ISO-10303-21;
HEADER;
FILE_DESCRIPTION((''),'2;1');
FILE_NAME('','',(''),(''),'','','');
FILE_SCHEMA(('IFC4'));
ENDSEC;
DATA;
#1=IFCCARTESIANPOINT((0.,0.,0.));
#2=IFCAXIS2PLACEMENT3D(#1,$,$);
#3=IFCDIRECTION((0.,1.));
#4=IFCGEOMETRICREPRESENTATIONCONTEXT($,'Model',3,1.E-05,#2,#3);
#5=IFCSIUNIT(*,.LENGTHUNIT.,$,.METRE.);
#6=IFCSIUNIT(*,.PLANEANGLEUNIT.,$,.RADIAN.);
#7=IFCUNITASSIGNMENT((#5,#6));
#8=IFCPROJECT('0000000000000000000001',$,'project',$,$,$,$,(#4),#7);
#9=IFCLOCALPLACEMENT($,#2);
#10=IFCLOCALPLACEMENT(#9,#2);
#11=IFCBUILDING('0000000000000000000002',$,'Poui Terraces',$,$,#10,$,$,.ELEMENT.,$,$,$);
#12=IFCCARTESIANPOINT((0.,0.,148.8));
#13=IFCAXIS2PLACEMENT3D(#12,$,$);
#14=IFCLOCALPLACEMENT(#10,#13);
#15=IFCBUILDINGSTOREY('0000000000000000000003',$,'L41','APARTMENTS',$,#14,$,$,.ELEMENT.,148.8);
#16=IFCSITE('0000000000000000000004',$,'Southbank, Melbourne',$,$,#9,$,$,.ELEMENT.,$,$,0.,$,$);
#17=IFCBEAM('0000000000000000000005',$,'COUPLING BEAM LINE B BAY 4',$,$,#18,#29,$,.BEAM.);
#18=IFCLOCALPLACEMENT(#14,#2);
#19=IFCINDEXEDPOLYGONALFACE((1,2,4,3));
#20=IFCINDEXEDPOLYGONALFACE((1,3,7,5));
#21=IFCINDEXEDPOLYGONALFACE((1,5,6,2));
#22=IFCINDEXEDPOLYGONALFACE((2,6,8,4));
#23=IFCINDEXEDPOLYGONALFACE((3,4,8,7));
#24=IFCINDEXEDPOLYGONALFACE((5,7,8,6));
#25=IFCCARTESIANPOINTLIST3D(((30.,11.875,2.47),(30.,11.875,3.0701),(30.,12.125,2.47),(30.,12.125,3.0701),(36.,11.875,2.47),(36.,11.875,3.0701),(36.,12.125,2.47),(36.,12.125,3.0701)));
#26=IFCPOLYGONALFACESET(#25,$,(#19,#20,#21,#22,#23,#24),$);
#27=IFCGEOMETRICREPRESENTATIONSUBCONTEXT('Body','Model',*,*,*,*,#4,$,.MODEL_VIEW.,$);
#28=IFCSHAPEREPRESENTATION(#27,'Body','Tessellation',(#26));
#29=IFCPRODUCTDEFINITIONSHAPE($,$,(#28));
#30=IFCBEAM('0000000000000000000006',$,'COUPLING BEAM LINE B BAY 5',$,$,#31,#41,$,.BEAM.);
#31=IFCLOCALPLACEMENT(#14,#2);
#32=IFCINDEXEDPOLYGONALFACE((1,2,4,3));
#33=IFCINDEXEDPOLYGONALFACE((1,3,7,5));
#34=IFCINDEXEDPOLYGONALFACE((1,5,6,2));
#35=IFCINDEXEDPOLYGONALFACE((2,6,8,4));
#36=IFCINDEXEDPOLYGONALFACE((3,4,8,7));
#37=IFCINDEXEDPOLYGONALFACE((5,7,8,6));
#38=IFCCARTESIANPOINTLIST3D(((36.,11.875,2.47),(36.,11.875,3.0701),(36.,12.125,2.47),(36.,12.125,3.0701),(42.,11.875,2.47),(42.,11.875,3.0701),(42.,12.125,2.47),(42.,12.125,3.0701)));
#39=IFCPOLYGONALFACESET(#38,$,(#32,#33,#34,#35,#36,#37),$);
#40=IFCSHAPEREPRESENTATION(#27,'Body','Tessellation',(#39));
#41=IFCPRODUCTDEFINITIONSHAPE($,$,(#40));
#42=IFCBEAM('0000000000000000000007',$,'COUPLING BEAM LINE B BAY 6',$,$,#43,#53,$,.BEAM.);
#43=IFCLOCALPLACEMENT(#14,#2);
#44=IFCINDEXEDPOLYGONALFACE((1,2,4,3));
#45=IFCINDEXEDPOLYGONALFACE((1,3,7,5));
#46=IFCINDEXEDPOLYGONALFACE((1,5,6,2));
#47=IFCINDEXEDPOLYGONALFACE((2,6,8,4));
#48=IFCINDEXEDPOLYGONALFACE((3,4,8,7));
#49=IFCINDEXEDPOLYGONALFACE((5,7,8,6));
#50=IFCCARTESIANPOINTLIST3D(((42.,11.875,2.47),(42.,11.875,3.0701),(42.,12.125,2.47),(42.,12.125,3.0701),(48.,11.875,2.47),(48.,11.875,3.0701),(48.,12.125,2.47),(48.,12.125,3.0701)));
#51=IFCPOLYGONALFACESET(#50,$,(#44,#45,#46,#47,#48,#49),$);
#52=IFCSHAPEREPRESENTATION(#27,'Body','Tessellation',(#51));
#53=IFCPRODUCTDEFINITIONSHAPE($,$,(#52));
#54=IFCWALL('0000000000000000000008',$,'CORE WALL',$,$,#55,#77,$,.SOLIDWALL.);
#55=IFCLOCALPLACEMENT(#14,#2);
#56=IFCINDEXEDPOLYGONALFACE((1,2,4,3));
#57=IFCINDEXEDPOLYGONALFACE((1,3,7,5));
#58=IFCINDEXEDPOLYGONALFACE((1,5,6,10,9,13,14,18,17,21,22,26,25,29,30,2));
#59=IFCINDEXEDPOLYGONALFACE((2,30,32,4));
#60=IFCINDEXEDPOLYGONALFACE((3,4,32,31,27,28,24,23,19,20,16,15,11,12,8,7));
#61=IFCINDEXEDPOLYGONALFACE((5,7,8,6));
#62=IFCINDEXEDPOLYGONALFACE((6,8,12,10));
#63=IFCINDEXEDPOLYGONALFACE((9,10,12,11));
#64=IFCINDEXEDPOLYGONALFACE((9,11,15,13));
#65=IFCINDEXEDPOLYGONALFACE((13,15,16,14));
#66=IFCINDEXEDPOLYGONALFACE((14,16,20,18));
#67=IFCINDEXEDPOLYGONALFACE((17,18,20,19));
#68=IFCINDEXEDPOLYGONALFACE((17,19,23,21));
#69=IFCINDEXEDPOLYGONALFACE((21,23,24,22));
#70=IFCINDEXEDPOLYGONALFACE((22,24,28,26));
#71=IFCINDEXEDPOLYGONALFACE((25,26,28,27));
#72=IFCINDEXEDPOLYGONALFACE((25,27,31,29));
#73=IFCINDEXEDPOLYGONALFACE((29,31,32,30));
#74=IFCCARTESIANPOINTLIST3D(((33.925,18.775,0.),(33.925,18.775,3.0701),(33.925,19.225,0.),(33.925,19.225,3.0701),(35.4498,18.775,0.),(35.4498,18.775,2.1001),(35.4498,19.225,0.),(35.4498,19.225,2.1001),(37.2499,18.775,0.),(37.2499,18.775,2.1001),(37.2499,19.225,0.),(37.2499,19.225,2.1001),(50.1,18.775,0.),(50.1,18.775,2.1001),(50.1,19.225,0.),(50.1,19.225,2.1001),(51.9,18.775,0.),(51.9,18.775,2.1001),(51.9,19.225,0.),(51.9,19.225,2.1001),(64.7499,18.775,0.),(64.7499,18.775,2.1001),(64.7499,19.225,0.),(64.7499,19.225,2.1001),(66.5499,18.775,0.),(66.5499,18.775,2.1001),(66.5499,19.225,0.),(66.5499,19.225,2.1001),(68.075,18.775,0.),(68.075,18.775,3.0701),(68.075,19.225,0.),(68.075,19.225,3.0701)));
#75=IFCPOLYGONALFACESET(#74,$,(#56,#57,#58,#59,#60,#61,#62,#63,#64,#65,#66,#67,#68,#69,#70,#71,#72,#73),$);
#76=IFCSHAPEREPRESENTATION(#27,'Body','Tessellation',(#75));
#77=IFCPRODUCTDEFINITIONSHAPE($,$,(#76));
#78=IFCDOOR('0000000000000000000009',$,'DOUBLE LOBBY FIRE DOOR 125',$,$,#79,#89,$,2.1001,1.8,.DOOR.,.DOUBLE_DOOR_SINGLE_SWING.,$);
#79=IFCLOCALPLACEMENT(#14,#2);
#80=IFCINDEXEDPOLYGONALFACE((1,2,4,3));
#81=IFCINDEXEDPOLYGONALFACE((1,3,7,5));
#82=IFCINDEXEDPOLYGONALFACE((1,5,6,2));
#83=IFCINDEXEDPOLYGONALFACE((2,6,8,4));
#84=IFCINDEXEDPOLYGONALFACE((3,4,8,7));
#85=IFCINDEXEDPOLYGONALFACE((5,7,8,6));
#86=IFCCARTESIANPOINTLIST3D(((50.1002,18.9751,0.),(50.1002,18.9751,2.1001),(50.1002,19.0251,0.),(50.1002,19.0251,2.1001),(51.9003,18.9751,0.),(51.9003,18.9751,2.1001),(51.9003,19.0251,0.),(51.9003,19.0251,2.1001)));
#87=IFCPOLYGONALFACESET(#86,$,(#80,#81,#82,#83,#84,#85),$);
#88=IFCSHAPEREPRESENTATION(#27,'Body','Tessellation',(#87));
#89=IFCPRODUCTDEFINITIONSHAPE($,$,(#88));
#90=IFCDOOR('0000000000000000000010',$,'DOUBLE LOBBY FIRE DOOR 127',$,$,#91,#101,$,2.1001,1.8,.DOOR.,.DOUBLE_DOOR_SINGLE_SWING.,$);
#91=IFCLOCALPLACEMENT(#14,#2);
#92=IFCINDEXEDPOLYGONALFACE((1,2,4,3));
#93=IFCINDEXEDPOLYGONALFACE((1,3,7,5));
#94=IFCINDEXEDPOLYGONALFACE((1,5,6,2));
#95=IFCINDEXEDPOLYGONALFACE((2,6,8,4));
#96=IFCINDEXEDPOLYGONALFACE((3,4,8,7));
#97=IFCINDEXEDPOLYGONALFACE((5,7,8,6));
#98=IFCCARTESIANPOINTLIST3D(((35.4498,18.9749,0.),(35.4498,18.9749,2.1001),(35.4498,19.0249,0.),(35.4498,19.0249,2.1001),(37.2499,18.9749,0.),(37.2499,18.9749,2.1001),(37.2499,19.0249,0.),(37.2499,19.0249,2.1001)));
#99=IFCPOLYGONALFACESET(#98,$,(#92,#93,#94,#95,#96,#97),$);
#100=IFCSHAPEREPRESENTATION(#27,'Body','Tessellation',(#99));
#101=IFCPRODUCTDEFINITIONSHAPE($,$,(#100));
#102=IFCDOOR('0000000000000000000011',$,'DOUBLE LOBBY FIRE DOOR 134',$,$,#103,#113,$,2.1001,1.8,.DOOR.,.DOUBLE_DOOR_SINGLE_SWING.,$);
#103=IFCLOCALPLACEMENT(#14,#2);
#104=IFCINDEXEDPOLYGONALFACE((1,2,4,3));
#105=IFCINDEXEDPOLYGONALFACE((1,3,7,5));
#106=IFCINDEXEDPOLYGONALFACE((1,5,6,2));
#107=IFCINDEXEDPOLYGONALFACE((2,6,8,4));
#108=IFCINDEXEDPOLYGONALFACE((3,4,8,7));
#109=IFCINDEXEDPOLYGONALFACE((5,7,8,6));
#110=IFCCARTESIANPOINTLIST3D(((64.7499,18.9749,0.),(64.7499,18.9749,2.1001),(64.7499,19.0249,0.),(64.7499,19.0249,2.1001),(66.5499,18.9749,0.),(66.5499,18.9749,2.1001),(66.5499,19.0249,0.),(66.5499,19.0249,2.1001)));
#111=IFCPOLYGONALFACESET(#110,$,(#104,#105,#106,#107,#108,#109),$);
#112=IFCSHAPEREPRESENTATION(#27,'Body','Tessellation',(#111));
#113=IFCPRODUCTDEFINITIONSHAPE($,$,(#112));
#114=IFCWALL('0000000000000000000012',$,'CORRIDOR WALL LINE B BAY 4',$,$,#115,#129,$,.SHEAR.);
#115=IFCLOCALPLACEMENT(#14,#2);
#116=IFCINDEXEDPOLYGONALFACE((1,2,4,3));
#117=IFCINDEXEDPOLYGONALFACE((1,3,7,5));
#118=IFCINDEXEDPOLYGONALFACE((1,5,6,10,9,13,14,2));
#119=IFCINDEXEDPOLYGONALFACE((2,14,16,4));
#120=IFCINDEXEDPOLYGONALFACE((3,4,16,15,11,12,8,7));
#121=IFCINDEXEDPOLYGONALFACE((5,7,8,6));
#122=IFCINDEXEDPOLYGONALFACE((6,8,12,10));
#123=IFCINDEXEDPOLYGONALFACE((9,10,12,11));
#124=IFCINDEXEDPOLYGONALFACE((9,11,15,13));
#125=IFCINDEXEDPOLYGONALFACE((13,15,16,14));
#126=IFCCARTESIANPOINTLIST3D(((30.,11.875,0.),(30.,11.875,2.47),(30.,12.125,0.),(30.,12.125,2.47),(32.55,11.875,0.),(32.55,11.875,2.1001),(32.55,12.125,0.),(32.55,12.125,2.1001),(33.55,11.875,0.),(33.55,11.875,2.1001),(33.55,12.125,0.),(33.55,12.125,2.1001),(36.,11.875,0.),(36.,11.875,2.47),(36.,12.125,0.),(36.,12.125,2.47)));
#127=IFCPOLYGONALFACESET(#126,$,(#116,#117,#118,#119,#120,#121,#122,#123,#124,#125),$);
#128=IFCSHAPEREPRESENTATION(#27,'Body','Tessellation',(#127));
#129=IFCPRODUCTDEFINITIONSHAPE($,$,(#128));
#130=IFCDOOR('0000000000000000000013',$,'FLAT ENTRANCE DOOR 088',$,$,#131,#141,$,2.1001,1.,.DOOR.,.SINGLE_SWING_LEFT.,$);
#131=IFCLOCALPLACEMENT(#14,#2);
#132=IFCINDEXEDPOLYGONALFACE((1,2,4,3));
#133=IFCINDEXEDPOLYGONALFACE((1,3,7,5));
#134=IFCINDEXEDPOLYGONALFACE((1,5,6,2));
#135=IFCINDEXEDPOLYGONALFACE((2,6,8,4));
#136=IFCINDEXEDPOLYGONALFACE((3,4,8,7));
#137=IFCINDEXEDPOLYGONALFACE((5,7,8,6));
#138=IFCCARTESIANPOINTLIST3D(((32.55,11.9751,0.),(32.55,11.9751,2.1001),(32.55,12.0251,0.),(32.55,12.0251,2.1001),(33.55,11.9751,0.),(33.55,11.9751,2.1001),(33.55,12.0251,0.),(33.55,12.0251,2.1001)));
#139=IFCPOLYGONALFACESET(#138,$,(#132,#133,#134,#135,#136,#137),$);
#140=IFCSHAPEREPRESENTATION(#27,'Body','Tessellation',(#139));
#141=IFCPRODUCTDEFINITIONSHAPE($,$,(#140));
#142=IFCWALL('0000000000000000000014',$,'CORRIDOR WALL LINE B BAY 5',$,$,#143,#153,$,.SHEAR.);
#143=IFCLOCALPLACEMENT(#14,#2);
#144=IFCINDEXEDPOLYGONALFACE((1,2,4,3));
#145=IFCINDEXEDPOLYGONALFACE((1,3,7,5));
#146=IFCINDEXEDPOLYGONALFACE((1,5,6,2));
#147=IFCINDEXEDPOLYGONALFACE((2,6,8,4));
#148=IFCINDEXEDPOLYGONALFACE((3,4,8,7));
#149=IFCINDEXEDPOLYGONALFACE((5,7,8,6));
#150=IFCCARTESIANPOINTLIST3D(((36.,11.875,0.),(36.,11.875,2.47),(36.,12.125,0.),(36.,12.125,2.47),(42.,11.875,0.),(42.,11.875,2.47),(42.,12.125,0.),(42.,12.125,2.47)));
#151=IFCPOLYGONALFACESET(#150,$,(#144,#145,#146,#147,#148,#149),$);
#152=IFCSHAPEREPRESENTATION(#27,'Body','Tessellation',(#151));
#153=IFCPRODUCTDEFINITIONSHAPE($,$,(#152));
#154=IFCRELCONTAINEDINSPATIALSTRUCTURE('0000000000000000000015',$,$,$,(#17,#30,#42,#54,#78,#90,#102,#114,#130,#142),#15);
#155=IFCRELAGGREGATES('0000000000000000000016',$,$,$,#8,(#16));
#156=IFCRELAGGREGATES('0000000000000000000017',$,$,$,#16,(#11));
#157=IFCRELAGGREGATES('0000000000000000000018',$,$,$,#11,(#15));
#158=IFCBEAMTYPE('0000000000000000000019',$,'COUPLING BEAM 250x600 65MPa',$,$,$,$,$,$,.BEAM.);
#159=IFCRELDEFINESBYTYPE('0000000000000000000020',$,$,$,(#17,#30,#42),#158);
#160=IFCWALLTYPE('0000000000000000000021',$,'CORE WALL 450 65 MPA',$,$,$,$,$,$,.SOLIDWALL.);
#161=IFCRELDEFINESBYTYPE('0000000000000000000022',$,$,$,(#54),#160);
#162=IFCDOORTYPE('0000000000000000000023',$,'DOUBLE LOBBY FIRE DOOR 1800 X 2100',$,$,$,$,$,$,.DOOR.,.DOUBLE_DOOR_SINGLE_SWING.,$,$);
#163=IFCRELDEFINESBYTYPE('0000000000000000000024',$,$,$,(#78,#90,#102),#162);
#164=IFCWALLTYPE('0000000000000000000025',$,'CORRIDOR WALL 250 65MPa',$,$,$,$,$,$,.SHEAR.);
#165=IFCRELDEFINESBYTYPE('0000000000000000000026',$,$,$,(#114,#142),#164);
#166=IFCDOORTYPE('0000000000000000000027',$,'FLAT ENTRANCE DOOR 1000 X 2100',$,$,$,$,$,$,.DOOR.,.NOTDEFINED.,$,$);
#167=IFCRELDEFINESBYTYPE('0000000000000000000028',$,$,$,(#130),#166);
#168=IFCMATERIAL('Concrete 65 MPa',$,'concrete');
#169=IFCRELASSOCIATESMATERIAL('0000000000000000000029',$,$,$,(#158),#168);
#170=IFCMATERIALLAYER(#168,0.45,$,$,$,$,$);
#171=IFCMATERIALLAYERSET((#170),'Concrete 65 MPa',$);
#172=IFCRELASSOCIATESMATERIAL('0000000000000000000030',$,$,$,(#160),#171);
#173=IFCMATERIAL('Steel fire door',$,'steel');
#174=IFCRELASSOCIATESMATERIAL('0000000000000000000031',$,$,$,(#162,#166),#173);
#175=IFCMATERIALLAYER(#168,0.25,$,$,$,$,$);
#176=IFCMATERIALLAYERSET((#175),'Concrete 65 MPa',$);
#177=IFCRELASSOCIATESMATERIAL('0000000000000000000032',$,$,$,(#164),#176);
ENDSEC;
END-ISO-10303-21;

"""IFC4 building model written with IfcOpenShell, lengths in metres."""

from ifc_helpers import new_model, si_unit, direction, frame, frame_2d, origin, origin_2d, place, context, subcontext, project, spatial, rectangle, extrude, source, transform, mapped, material, layer, layer_set, material_profile, profile_set, type_object, element, fill, save


model = new_model("IFC4")

# Units and contexts
model_context = context("Model", 3, precision=1e-05, world=origin(), true_north=direction((0.0, 1.0)))
body_context = subcontext(model_context, "Body", "Model", "MODEL_VIEW")
ifc_project = project(units=[si_unit("LENGTHUNIT", "METRE"), si_unit("PLANEANGLEUNIT", "RADIAN")], contexts=[model_context])

# Site, building, storey
site_placement = place(None, origin())
site = spatial("IfcSite", under=ifc_project, at=site_placement, Name="Southbank, Melbourne", CompositionType="ELEMENT", RefElevation=0.0)
building_placement = place(site_placement, origin())
building = spatial("IfcBuilding", under=site, at=building_placement, Name="Poui Terraces", CompositionType="ELEMENT")
storey_placement = place(building_placement, frame((0.0, 0.0, 148.8)))
storey = spatial("IfcBuildingStorey", under=building, at=storey_placement, Name="L41", Description="APARTMENTS", CompositionType="ELEMENT", Elevation=148.8)

# Beams
ifc_material_1 = material(Name="Concrete 65 MPa", Category="concrete")
ifc_material_profile = material_profile(ifc_material_1, rectangle(XDim=0.25, YDim=0.6001, at=origin_2d()), Name="RC 250x600")
ifc_profile_set = profile_set([ifc_material_profile], Name="Concrete 65 MPa")
beam_type = type_object("IfcBeamType", Name="COUPLING BEAM 250x600 65MPa", PredefinedType="BEAM", material=ifc_profile_set)
shared_shape = source(origin(), body_context, "Body", "SweptSolid", [
    extrude(rectangle(XDim=0.25, YDim=0.6001, at=origin_2d()), origin(), (0.0, 0.0, 1.0), 6.0),
])
for number, where, z_axis, x_axis, name in (
    (1, (30.0, 12.0, 2.77), (1.0, 0.0, 0.0), (0.0, 1.0, 0.0), "COUPLING BEAM LINE B BAY 4"),
    (2, (36.0, 12.0, 2.77), (1.0, 0.0, 0.0), (0.0, 1.0, 0.0), "COUPLING BEAM LINE B BAY 5"),
    (3, (42.0, 12.0, 2.77), (1.0, 0.0, 0.0), (0.0, 1.0, 0.0), "COUPLING BEAM LINE B BAY 6"),
):
    element("IfcBeam", number, at=place(storey_placement, frame(where, z_axis=z_axis, x_axis=x_axis)), inside=storey, type_object=beam_type, Name=name, PredefinedType="BEAM", context=body_context, shape_type="MappedRepresentation", body=[
        mapped(shared_shape, transform((0.0, 0.0, 0.0))),
    ])

# Wall, openings, doors
ifc_layer_1 = layer(ifc_material_1, 0.45)
ifc_layer_set_1 = layer_set([ifc_layer_1], Name="Concrete 65 MPa")
wall_type_1 = type_object("IfcWallType", Name="CORE WALL 450 65 MPA", PredefinedType="SOLIDWALL", material=ifc_layer_set_1)
wall_1_placement = place(storey_placement, frame((33.925, 19.0, 0.0), z_axis=(0.0, 0.0, 1.0), x_axis=(1.0, 0.0, 0.0)))
wall_1 = element("IfcWall", 4, at=wall_1_placement, inside=storey, type_object=wall_type_1, Name="CORE WALL", PredefinedType="SOLIDWALL", context=body_context, shape_type="SweptSolid", body=[
    extrude(rectangle(XDim=34.1499, YDim=0.45, at=frame_2d((17.075, 0.0))), origin(), (0.0, 0.0, 1.0), 3.0701),
])
opening_1_placement = place(wall_1_placement, frame((16.175, 0.0, 0.0)))
opening_1 = element("IfcOpeningElement", 5, at=opening_1_placement, cuts=wall_1, PredefinedType="OPENING", context=body_context, shape_type="SweptSolid", body=[
    extrude(rectangle(XDim=1.8, YDim=2.1001, at=frame_2d((0.8999, 1.05))), frame((0.0, 0.2349, 0.0), z_axis=(0.0, -1.0, 0.0), x_axis=(1.0, 0.0, 0.0)), (0.0, 0.0, 1.0), 0.47),
])
opening_2_placement = place(wall_1_placement, frame((1.5249, 0.0, 0.0)))
opening_2 = element("IfcOpeningElement", 6, at=opening_2_placement, cuts=wall_1, PredefinedType="OPENING", context=body_context, shape_type="SweptSolid", body=[
    extrude(rectangle(XDim=1.8, YDim=2.1001, at=frame_2d((0.8999, 1.05))), frame((0.0, 0.2349, 0.0), z_axis=(0.0, -1.0, 0.0), x_axis=(1.0, 0.0, 0.0)), (0.0, 0.0, 1.0), 0.47),
])
opening_3_placement = place(wall_1_placement, frame((30.825, 0.0, 0.0)))
opening_3 = element("IfcOpeningElement", 7, at=opening_3_placement, cuts=wall_1, PredefinedType="OPENING", context=body_context, shape_type="SweptSolid", body=[
    extrude(rectangle(XDim=1.8, YDim=2.1001, at=frame_2d((0.8999, 1.05))), frame((0.0, 0.2349, 0.0), z_axis=(0.0, -1.0, 0.0), x_axis=(1.0, 0.0, 0.0)), (0.0, 0.0, 1.0), 0.47),
])
ifc_material_2 = material(Name="Steel fire door", Category="steel")
door_type_1 = type_object("IfcDoorType", Name="DOUBLE LOBBY FIRE DOOR 1800 X 2100", OperationType="DOUBLE_DOOR_SINGLE_SWING", PredefinedType="DOOR", material=ifc_material_2)
door_1_placement = place(opening_1_placement, frame((1.8, 0.0, 0.0), z_axis=(0.0, 0.0, 1.0), x_axis=(-1.0, 0.0, 0.0)))
door_1 = element("IfcDoor", 8, at=door_1_placement, inside=storey, type_object=door_type_1, Name="DOUBLE LOBBY FIRE DOOR 125", OperationType="DOUBLE_DOOR_SINGLE_SWING", OverallHeight=2.1001, OverallWidth=1.8, PredefinedType="DOOR", context=body_context, shape_type="SweptSolid", body=[
    extrude(rectangle(XDim=1.8, YDim=2.1001, at=frame_2d((0.8999, 1.05))), frame((0.0, 0.0249, 0.0), z_axis=(0.0, -1.0, 0.0), x_axis=(1.0, 0.0, 0.0)), (0.0, 0.0, 1.0), 0.05),
])
fill(opening_1, door_1)
door_2_placement = place(opening_2_placement, origin())
door_2 = element("IfcDoor", 9, at=door_2_placement, inside=storey, type_object=door_type_1, Name="DOUBLE LOBBY FIRE DOOR 127", OperationType="DOUBLE_DOOR_SINGLE_SWING", OverallHeight=2.1001, OverallWidth=1.8, PredefinedType="DOOR", context=body_context, shape_type="SweptSolid", body=[
    extrude(rectangle(XDim=1.8, YDim=2.1001, at=frame_2d((0.8999, 1.05))), frame((0.0, 0.0249, 0.0), z_axis=(0.0, -1.0, 0.0), x_axis=(1.0, 0.0, 0.0)), (0.0, 0.0, 1.0), 0.05),
])
fill(opening_2, door_2)
door_3_placement = place(opening_3_placement, origin())
door_3 = element("IfcDoor", 10, at=door_3_placement, inside=storey, type_object=door_type_1, Name="DOUBLE LOBBY FIRE DOOR 134", OperationType="DOUBLE_DOOR_SINGLE_SWING", OverallHeight=2.1001, OverallWidth=1.8, PredefinedType="DOOR", context=body_context, shape_type="SweptSolid", body=[
    extrude(rectangle(XDim=1.8, YDim=2.1001, at=frame_2d((0.8999, 1.05))), frame((0.0, 0.0249, 0.0), z_axis=(0.0, -1.0, 0.0), x_axis=(1.0, 0.0, 0.0)), (0.0, 0.0, 1.0), 0.05),
])
fill(opening_3, door_3)

# Wall, opening, door
ifc_layer_2 = layer(ifc_material_1, 0.25)
ifc_layer_set_2 = layer_set([ifc_layer_2], Name="Concrete 65 MPa")
wall_type_2 = type_object("IfcWallType", Name="CORRIDOR WALL 250 65MPa", PredefinedType="SHEAR", material=ifc_layer_set_2)
wall_2_placement = place(storey_placement, frame((30.0, 12.0, 0.0), z_axis=(0.0, 0.0, 1.0), x_axis=(1.0, 0.0, 0.0)))
wall_2 = element("IfcWall", 11, at=wall_2_placement, inside=storey, type_object=wall_type_2, Name="CORRIDOR WALL LINE B BAY 4", PredefinedType="SHEAR", context=body_context, shape_type="SweptSolid", body=[
    extrude(rectangle(XDim=6.0, YDim=0.25, at=frame_2d((3.0, 0.0))), origin(), (0.0, 0.0, 1.0), 2.47),
])
opening_4_placement = place(wall_2_placement, frame((2.55, 0.0, 0.0)))
opening_4 = element("IfcOpeningElement", 12, at=opening_4_placement, cuts=wall_2, PredefinedType="OPENING", context=body_context, shape_type="SweptSolid", body=[
    extrude(rectangle(XDim=1.0, YDim=2.1001, at=frame_2d((0.5, 1.05))), frame((0.0, 0.135, 0.0), z_axis=(0.0, -1.0, 0.0), x_axis=(1.0, 0.0, 0.0)), (0.0, 0.0, 1.0), 0.27),
])
door_type_2 = type_object("IfcDoorType", Name="FLAT ENTRANCE DOOR 1000 X 2100", OperationType="NOTDEFINED", PredefinedType="DOOR", material=ifc_material_2)
door_4_placement = place(opening_4_placement, frame((1.0, 0.0, 0.0), z_axis=(0.0, 0.0, 1.0), x_axis=(-1.0, 0.0, 0.0)))
door_4 = element("IfcDoor", 13, at=door_4_placement, inside=storey, type_object=door_type_2, Name="FLAT ENTRANCE DOOR 088", OperationType="SINGLE_SWING_LEFT", OverallHeight=2.1001, OverallWidth=1.0, PredefinedType="DOOR", context=body_context, shape_type="SweptSolid", body=[
    extrude(rectangle(XDim=1.0, YDim=2.1001, at=frame_2d((0.5, 1.05))), frame((0.0, 0.0249, 0.0), z_axis=(0.0, -1.0, 0.0), x_axis=(1.0, 0.0, 0.0)), (0.0, 0.0, 1.0), 0.05),
])
fill(opening_4, door_4)

# Wall
wall_3_placement = place(storey_placement, frame((36.0, 12.0, 0.0), z_axis=(0.0, 0.0, 1.0), x_axis=(1.0, 0.0, 0.0)))
element("IfcWall", 14, at=wall_3_placement, inside=storey, type_object=wall_type_2, Name="CORRIDOR WALL LINE B BAY 5", PredefinedType="SHEAR", context=body_context, shape_type="SweptSolid", body=[
    extrude(rectangle(XDim=6.0, YDim=0.25, at=frame_2d((3.0, 0.0))), origin(), (0.0, 0.0, 1.0), 2.47),
])

save(model, "model.ifc")
